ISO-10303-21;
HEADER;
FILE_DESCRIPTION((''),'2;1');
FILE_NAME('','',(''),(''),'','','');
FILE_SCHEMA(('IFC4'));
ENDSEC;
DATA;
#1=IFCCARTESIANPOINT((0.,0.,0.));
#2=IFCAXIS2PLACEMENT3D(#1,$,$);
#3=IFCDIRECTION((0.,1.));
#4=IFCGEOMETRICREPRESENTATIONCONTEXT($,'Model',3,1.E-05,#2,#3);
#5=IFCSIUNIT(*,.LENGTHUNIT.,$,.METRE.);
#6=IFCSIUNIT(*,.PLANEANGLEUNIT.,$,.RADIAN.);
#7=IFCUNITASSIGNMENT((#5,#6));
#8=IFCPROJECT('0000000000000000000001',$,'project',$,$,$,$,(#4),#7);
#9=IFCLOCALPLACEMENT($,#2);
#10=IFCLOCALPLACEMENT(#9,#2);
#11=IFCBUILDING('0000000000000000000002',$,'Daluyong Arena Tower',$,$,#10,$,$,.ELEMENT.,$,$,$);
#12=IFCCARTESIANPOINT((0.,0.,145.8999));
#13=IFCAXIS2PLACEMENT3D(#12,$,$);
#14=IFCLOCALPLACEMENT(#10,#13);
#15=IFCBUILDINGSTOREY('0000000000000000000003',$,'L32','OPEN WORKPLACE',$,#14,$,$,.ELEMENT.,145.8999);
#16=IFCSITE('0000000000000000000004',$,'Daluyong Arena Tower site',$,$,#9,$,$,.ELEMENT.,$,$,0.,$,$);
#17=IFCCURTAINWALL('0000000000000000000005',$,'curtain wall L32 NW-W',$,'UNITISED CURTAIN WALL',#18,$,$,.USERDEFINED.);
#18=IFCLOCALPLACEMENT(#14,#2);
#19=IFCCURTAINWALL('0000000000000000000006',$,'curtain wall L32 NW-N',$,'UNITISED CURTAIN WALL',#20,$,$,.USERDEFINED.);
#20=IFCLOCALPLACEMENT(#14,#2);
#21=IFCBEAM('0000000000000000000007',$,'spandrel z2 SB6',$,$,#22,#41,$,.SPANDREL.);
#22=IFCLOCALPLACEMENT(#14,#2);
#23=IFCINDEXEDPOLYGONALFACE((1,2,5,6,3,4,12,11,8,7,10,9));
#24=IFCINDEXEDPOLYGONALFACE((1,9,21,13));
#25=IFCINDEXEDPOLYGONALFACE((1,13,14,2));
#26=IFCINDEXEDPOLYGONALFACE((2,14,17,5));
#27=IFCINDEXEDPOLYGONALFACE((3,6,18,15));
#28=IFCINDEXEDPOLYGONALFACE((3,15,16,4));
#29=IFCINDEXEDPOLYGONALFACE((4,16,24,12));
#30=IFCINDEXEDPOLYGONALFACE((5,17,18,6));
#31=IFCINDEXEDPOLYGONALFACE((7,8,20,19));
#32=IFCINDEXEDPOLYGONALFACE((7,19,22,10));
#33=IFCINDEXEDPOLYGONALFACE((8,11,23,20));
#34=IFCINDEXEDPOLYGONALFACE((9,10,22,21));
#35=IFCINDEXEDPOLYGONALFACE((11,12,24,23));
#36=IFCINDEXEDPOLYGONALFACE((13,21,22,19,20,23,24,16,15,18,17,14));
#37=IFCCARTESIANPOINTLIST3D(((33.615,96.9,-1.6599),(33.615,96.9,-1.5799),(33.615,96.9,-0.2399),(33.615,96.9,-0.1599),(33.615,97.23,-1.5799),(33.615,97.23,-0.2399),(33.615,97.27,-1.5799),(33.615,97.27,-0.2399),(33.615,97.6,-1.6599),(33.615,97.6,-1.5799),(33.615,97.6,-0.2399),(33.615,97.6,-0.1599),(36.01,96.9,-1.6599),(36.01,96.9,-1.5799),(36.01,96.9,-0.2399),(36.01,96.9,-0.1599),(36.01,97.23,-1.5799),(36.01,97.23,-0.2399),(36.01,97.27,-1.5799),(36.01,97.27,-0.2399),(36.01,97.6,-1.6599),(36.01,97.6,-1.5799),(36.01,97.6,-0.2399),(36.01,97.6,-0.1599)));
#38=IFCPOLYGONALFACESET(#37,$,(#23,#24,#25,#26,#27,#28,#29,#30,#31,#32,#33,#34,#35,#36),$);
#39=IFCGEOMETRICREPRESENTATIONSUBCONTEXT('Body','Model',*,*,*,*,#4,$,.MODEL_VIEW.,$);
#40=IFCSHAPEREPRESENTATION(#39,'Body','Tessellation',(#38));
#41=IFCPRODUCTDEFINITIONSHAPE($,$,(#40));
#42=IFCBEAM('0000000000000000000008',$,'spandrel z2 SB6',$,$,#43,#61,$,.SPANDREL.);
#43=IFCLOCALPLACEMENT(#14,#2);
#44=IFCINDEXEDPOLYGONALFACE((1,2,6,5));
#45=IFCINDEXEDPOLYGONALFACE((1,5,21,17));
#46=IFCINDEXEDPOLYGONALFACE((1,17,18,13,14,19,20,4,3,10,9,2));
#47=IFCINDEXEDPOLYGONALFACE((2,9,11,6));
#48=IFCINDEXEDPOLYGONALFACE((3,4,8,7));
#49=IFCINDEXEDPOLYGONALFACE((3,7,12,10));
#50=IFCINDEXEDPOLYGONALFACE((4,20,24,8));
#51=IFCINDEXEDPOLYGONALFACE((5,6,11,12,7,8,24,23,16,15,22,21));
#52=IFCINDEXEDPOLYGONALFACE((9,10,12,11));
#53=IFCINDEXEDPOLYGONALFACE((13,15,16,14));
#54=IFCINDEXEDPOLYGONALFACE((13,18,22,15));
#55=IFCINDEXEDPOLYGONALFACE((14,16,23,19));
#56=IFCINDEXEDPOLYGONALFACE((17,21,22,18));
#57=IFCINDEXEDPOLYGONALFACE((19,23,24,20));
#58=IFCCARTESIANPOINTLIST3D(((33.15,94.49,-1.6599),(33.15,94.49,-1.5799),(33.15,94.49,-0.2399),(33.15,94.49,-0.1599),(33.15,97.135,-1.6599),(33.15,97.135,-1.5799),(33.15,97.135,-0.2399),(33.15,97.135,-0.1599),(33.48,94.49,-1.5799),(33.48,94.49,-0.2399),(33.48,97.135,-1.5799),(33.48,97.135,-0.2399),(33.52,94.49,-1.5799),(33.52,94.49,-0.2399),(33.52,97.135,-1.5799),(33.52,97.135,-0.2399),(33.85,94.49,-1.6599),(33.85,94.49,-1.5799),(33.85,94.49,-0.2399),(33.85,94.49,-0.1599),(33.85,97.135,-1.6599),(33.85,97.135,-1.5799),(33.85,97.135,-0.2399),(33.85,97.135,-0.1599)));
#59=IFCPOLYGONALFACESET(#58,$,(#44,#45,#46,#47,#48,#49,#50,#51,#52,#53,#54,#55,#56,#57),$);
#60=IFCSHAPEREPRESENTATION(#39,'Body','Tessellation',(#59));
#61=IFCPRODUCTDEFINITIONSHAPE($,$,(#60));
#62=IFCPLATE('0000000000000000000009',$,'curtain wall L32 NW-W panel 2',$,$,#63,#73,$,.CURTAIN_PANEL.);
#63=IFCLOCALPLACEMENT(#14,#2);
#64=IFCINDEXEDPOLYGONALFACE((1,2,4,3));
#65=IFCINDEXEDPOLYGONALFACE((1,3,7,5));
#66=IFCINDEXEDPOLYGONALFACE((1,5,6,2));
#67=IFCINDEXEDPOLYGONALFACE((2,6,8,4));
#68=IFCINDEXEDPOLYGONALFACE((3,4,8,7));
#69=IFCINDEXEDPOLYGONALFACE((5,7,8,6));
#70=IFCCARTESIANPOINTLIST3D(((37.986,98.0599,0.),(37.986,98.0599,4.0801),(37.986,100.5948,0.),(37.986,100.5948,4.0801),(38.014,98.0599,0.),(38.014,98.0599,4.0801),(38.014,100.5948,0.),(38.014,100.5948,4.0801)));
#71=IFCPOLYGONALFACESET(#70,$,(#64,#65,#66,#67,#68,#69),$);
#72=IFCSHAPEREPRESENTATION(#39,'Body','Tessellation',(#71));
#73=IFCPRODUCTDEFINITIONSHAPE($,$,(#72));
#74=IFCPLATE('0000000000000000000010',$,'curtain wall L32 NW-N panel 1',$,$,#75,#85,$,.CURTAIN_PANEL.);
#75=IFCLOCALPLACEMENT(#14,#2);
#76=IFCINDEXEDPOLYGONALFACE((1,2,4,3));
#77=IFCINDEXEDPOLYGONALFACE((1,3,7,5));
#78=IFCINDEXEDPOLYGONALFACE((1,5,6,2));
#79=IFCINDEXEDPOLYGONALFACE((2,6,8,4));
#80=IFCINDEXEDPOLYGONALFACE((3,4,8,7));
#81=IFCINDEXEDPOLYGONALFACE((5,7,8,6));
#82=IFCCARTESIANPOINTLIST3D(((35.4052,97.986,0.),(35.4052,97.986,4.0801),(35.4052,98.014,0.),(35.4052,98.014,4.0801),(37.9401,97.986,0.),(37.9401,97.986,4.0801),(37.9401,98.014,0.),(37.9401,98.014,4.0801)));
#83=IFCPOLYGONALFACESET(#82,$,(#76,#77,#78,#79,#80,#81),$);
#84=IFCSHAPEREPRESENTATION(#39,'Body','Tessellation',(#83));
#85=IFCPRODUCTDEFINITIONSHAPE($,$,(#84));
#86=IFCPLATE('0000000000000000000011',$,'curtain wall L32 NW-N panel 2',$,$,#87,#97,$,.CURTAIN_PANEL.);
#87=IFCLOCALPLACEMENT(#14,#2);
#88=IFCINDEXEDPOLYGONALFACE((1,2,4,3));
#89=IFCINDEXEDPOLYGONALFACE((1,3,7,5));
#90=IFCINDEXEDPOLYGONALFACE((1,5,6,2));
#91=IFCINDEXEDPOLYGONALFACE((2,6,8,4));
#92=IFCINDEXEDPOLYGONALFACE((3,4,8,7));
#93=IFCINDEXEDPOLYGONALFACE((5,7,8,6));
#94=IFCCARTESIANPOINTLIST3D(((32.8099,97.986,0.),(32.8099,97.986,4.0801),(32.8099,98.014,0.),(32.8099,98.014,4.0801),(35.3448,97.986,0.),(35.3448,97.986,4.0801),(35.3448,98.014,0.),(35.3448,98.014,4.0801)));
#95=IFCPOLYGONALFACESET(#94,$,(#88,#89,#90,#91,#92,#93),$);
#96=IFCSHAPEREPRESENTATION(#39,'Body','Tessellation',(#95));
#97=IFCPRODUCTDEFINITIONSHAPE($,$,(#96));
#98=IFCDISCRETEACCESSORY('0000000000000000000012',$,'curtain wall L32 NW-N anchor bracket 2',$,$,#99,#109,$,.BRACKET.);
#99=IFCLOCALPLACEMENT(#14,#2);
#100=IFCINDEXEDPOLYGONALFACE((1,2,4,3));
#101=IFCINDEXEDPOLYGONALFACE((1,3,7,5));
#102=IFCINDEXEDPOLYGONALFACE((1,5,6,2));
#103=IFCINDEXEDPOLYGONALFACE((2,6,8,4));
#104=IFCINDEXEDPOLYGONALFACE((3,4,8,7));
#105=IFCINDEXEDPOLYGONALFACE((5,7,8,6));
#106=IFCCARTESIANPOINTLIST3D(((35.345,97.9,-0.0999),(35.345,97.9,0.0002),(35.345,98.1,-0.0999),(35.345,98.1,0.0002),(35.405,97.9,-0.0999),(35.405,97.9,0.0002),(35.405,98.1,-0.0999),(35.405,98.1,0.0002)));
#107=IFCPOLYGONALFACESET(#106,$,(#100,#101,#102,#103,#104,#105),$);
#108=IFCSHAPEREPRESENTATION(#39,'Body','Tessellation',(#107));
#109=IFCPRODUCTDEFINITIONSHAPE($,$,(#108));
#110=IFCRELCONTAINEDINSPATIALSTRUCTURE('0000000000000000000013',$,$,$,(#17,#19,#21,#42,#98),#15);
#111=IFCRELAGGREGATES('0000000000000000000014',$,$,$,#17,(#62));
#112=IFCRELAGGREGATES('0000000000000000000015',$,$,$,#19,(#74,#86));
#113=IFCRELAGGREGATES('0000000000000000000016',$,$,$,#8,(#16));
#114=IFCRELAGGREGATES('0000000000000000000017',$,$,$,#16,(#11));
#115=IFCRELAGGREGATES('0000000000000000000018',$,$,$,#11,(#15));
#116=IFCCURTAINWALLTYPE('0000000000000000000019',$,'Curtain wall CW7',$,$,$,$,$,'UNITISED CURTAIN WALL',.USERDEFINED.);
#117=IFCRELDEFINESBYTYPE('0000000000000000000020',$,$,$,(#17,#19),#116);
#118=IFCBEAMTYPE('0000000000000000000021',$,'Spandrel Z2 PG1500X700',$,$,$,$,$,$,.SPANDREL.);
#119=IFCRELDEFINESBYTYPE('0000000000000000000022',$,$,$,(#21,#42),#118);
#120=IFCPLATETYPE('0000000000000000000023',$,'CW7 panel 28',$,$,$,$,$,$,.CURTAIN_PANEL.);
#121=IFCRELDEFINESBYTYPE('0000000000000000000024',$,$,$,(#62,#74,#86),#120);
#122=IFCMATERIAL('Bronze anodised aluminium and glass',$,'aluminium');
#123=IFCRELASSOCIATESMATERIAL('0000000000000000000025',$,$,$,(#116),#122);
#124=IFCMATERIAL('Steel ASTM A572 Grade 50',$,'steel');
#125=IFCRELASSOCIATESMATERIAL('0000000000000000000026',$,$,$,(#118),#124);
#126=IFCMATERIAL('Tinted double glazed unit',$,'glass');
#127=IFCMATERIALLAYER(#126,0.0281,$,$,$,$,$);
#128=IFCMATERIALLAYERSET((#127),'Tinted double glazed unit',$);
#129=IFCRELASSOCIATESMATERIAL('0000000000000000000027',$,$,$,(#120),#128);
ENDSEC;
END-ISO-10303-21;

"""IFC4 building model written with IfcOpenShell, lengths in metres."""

from ifc_helpers import new_model, si_unit, direction, frame, origin, origin_2d, place, context, subcontext, project, spatial, rectangle, i_section, extrude, material, layer, layer_set, material_profile, profile_set, type_object, element, aggregate, save


model = new_model("IFC4")

# Units and contexts
model_context = context("Model", 3, precision=1e-05, world=origin(), true_north=direction((0.0, 1.0)))
body_context = subcontext(model_context, "Body", "Model", "MODEL_VIEW")
ifc_project = project(units=[si_unit("LENGTHUNIT", "METRE"), si_unit("PLANEANGLEUNIT", "RADIAN")], contexts=[model_context])

# Site, building, storey
site_placement = place(None, origin())
site = spatial("IfcSite", under=ifc_project, at=site_placement, Name="Daluyong Arena Tower site", CompositionType="ELEMENT", RefElevation=0.0)
building_placement = place(site_placement, origin())
building = spatial("IfcBuilding", under=site, at=building_placement, Name="Daluyong Arena Tower", CompositionType="ELEMENT")
storey_placement = place(building_placement, frame((0.0, 0.0, 145.8999)))
storey = spatial("IfcBuildingStorey", under=building, at=storey_placement, Name="L32", Description="OPEN WORKPLACE", CompositionType="ELEMENT", Elevation=145.8999)

# Curtain walls
ifc_material_1 = material(Name="Bronze anodised aluminium and glass", Category="aluminium")
curtain_wall_type_1 = type_object("IfcCurtainWallType", Name="Curtain wall CW7", ElementType="UNITISED CURTAIN WALL", PredefinedType="USERDEFINED", material=ifc_material_1)
curtain_wall_1_placement = place(storey_placement, origin())
curtain_wall_1 = element("IfcCurtainWall", 1, at=curtain_wall_1_placement, inside=storey, type_object=curtain_wall_type_1, Name="curtain wall L32 NW-W", ObjectType="UNITISED CURTAIN WALL", PredefinedType="USERDEFINED")
curtain_wall_2_placement = place(storey_placement, origin())
curtain_wall_2 = element("IfcCurtainWall", 2, at=curtain_wall_2_placement, inside=storey, type_object=curtain_wall_type_1, Name="curtain wall L32 NW-N", ObjectType="UNITISED CURTAIN WALL", PredefinedType="USERDEFINED")

# Beams
ifc_material_2 = material(Name="Steel ASTM A572 Grade 50", Category="steel")
ifc_material_profile_1 = material_profile(ifc_material_2, i_section(OverallWidth=0.7, OverallDepth=1.5, WebThickness=0.04, FlangeThickness=0.08, at=origin_2d()))
ifc_profile_set_1 = profile_set([ifc_material_profile_1], Name="Steel ASTM A572 Grade 50")
beam_type = type_object("IfcBeamType", Name="Spandrel Z2 PG1500X700", PredefinedType="SPANDREL", material=ifc_profile_set_1)
beam_1_placement = place(storey_placement, frame((36.01, 97.25, -0.9099), z_axis=(-1.0, 0.0, 0.0), x_axis=(0.0, -1.0, 0.0)))
element("IfcBeam", 3, at=beam_1_placement, inside=storey, type_object=beam_type, Name="spandrel z2 SB6", PredefinedType="SPANDREL", context=body_context, shape_type="SweptSolid", body=[
    extrude(i_section(OverallWidth=0.7, OverallDepth=1.5, WebThickness=0.04, FlangeThickness=0.08, at=origin_2d()), origin(), (0.0, 0.0, 1.0), 2.395),
])
beam_2_placement = place(storey_placement, frame((33.5, 97.135, -0.9099), z_axis=(0.0, -1.0, 0.0), x_axis=(1.0, 0.0, 0.0)))
element("IfcBeam", 4, at=beam_2_placement, inside=storey, type_object=beam_type, Name="spandrel z2 SB6", PredefinedType="SPANDREL", context=body_context, shape_type="SweptSolid", body=[
    extrude(i_section(OverallWidth=0.7, OverallDepth=1.5, WebThickness=0.04, FlangeThickness=0.08, at=origin_2d()), origin(), (0.0, 0.0, 1.0), 2.645),
])

# Plates
ifc_material_3 = material(Name="Tinted double glazed unit", Category="glass")
ifc_layer = layer(ifc_material_3, 0.0281)
ifc_layer_set = layer_set([ifc_layer], Name="Tinted double glazed unit")
plate_type = type_object("IfcPlateType", Name="CW7 panel 28", PredefinedType="CURTAIN_PANEL", material=ifc_layer_set)
plate_1_placement = place(storey_placement, frame((38.0, 99.3274, 0.0), z_axis=(0.0, 0.0, 1.0), x_axis=(0.0, -1.0, 0.0)))
plate_1 = element("IfcPlate", 5, at=plate_1_placement, type_object=plate_type, Name="curtain wall L32 NW-W panel 2", PredefinedType="CURTAIN_PANEL", context=body_context, shape_type="SweptSolid", body=[
    extrude(rectangle(XDim=2.5349, YDim=0.0281, at=origin_2d()), origin(), (0.0, 0.0, 1.0), 4.0801),
])
aggregate(curtain_wall_1, [plate_1])
plate_2_placement = place(storey_placement, frame((36.6726, 98.0, 0.0), z_axis=(0.0, 0.0, 1.0), x_axis=(-1.0, 0.0, 0.0)))
plate_2 = element("IfcPlate", 6, at=plate_2_placement, type_object=plate_type, Name="curtain wall L32 NW-N panel 1", PredefinedType="CURTAIN_PANEL", context=body_context, shape_type="SweptSolid", body=[
    extrude(rectangle(XDim=2.5349, YDim=0.0281, at=origin_2d()), origin(), (0.0, 0.0, 1.0), 4.0801),
])
plate_3_placement = place(storey_placement, frame((34.0774, 98.0, 0.0), z_axis=(0.0, 0.0, 1.0), x_axis=(-1.0, 0.0, 0.0)))
plate_3 = element("IfcPlate", 7, at=plate_3_placement, type_object=plate_type, Name="curtain wall L32 NW-N panel 2", PredefinedType="CURTAIN_PANEL", context=body_context, shape_type="SweptSolid", body=[
    extrude(rectangle(XDim=2.5349, YDim=0.0281, at=origin_2d()), origin(), (0.0, 0.0, 1.0), 4.0801),
])
aggregate(curtain_wall_2, [plate_2, plate_3])

# Discrete accessory
discrete_accessory_placement = place(storey_placement, frame((35.375, 98.0, -0.0999), z_axis=(0.0, 0.0, 1.0), x_axis=(-1.0, 0.0, 0.0)))
element("IfcDiscreteAccessory", 8, at=discrete_accessory_placement, inside=storey, Name="curtain wall L32 NW-N anchor bracket 2", PredefinedType="BRACKET", context=body_context, shape_type="SweptSolid", body=[
    extrude(rectangle(XDim=0.0601, YDim=0.2, at=origin_2d()), origin(), (0.0, 0.0, 1.0), 0.1001),
])

save(model, "model.ifc")
